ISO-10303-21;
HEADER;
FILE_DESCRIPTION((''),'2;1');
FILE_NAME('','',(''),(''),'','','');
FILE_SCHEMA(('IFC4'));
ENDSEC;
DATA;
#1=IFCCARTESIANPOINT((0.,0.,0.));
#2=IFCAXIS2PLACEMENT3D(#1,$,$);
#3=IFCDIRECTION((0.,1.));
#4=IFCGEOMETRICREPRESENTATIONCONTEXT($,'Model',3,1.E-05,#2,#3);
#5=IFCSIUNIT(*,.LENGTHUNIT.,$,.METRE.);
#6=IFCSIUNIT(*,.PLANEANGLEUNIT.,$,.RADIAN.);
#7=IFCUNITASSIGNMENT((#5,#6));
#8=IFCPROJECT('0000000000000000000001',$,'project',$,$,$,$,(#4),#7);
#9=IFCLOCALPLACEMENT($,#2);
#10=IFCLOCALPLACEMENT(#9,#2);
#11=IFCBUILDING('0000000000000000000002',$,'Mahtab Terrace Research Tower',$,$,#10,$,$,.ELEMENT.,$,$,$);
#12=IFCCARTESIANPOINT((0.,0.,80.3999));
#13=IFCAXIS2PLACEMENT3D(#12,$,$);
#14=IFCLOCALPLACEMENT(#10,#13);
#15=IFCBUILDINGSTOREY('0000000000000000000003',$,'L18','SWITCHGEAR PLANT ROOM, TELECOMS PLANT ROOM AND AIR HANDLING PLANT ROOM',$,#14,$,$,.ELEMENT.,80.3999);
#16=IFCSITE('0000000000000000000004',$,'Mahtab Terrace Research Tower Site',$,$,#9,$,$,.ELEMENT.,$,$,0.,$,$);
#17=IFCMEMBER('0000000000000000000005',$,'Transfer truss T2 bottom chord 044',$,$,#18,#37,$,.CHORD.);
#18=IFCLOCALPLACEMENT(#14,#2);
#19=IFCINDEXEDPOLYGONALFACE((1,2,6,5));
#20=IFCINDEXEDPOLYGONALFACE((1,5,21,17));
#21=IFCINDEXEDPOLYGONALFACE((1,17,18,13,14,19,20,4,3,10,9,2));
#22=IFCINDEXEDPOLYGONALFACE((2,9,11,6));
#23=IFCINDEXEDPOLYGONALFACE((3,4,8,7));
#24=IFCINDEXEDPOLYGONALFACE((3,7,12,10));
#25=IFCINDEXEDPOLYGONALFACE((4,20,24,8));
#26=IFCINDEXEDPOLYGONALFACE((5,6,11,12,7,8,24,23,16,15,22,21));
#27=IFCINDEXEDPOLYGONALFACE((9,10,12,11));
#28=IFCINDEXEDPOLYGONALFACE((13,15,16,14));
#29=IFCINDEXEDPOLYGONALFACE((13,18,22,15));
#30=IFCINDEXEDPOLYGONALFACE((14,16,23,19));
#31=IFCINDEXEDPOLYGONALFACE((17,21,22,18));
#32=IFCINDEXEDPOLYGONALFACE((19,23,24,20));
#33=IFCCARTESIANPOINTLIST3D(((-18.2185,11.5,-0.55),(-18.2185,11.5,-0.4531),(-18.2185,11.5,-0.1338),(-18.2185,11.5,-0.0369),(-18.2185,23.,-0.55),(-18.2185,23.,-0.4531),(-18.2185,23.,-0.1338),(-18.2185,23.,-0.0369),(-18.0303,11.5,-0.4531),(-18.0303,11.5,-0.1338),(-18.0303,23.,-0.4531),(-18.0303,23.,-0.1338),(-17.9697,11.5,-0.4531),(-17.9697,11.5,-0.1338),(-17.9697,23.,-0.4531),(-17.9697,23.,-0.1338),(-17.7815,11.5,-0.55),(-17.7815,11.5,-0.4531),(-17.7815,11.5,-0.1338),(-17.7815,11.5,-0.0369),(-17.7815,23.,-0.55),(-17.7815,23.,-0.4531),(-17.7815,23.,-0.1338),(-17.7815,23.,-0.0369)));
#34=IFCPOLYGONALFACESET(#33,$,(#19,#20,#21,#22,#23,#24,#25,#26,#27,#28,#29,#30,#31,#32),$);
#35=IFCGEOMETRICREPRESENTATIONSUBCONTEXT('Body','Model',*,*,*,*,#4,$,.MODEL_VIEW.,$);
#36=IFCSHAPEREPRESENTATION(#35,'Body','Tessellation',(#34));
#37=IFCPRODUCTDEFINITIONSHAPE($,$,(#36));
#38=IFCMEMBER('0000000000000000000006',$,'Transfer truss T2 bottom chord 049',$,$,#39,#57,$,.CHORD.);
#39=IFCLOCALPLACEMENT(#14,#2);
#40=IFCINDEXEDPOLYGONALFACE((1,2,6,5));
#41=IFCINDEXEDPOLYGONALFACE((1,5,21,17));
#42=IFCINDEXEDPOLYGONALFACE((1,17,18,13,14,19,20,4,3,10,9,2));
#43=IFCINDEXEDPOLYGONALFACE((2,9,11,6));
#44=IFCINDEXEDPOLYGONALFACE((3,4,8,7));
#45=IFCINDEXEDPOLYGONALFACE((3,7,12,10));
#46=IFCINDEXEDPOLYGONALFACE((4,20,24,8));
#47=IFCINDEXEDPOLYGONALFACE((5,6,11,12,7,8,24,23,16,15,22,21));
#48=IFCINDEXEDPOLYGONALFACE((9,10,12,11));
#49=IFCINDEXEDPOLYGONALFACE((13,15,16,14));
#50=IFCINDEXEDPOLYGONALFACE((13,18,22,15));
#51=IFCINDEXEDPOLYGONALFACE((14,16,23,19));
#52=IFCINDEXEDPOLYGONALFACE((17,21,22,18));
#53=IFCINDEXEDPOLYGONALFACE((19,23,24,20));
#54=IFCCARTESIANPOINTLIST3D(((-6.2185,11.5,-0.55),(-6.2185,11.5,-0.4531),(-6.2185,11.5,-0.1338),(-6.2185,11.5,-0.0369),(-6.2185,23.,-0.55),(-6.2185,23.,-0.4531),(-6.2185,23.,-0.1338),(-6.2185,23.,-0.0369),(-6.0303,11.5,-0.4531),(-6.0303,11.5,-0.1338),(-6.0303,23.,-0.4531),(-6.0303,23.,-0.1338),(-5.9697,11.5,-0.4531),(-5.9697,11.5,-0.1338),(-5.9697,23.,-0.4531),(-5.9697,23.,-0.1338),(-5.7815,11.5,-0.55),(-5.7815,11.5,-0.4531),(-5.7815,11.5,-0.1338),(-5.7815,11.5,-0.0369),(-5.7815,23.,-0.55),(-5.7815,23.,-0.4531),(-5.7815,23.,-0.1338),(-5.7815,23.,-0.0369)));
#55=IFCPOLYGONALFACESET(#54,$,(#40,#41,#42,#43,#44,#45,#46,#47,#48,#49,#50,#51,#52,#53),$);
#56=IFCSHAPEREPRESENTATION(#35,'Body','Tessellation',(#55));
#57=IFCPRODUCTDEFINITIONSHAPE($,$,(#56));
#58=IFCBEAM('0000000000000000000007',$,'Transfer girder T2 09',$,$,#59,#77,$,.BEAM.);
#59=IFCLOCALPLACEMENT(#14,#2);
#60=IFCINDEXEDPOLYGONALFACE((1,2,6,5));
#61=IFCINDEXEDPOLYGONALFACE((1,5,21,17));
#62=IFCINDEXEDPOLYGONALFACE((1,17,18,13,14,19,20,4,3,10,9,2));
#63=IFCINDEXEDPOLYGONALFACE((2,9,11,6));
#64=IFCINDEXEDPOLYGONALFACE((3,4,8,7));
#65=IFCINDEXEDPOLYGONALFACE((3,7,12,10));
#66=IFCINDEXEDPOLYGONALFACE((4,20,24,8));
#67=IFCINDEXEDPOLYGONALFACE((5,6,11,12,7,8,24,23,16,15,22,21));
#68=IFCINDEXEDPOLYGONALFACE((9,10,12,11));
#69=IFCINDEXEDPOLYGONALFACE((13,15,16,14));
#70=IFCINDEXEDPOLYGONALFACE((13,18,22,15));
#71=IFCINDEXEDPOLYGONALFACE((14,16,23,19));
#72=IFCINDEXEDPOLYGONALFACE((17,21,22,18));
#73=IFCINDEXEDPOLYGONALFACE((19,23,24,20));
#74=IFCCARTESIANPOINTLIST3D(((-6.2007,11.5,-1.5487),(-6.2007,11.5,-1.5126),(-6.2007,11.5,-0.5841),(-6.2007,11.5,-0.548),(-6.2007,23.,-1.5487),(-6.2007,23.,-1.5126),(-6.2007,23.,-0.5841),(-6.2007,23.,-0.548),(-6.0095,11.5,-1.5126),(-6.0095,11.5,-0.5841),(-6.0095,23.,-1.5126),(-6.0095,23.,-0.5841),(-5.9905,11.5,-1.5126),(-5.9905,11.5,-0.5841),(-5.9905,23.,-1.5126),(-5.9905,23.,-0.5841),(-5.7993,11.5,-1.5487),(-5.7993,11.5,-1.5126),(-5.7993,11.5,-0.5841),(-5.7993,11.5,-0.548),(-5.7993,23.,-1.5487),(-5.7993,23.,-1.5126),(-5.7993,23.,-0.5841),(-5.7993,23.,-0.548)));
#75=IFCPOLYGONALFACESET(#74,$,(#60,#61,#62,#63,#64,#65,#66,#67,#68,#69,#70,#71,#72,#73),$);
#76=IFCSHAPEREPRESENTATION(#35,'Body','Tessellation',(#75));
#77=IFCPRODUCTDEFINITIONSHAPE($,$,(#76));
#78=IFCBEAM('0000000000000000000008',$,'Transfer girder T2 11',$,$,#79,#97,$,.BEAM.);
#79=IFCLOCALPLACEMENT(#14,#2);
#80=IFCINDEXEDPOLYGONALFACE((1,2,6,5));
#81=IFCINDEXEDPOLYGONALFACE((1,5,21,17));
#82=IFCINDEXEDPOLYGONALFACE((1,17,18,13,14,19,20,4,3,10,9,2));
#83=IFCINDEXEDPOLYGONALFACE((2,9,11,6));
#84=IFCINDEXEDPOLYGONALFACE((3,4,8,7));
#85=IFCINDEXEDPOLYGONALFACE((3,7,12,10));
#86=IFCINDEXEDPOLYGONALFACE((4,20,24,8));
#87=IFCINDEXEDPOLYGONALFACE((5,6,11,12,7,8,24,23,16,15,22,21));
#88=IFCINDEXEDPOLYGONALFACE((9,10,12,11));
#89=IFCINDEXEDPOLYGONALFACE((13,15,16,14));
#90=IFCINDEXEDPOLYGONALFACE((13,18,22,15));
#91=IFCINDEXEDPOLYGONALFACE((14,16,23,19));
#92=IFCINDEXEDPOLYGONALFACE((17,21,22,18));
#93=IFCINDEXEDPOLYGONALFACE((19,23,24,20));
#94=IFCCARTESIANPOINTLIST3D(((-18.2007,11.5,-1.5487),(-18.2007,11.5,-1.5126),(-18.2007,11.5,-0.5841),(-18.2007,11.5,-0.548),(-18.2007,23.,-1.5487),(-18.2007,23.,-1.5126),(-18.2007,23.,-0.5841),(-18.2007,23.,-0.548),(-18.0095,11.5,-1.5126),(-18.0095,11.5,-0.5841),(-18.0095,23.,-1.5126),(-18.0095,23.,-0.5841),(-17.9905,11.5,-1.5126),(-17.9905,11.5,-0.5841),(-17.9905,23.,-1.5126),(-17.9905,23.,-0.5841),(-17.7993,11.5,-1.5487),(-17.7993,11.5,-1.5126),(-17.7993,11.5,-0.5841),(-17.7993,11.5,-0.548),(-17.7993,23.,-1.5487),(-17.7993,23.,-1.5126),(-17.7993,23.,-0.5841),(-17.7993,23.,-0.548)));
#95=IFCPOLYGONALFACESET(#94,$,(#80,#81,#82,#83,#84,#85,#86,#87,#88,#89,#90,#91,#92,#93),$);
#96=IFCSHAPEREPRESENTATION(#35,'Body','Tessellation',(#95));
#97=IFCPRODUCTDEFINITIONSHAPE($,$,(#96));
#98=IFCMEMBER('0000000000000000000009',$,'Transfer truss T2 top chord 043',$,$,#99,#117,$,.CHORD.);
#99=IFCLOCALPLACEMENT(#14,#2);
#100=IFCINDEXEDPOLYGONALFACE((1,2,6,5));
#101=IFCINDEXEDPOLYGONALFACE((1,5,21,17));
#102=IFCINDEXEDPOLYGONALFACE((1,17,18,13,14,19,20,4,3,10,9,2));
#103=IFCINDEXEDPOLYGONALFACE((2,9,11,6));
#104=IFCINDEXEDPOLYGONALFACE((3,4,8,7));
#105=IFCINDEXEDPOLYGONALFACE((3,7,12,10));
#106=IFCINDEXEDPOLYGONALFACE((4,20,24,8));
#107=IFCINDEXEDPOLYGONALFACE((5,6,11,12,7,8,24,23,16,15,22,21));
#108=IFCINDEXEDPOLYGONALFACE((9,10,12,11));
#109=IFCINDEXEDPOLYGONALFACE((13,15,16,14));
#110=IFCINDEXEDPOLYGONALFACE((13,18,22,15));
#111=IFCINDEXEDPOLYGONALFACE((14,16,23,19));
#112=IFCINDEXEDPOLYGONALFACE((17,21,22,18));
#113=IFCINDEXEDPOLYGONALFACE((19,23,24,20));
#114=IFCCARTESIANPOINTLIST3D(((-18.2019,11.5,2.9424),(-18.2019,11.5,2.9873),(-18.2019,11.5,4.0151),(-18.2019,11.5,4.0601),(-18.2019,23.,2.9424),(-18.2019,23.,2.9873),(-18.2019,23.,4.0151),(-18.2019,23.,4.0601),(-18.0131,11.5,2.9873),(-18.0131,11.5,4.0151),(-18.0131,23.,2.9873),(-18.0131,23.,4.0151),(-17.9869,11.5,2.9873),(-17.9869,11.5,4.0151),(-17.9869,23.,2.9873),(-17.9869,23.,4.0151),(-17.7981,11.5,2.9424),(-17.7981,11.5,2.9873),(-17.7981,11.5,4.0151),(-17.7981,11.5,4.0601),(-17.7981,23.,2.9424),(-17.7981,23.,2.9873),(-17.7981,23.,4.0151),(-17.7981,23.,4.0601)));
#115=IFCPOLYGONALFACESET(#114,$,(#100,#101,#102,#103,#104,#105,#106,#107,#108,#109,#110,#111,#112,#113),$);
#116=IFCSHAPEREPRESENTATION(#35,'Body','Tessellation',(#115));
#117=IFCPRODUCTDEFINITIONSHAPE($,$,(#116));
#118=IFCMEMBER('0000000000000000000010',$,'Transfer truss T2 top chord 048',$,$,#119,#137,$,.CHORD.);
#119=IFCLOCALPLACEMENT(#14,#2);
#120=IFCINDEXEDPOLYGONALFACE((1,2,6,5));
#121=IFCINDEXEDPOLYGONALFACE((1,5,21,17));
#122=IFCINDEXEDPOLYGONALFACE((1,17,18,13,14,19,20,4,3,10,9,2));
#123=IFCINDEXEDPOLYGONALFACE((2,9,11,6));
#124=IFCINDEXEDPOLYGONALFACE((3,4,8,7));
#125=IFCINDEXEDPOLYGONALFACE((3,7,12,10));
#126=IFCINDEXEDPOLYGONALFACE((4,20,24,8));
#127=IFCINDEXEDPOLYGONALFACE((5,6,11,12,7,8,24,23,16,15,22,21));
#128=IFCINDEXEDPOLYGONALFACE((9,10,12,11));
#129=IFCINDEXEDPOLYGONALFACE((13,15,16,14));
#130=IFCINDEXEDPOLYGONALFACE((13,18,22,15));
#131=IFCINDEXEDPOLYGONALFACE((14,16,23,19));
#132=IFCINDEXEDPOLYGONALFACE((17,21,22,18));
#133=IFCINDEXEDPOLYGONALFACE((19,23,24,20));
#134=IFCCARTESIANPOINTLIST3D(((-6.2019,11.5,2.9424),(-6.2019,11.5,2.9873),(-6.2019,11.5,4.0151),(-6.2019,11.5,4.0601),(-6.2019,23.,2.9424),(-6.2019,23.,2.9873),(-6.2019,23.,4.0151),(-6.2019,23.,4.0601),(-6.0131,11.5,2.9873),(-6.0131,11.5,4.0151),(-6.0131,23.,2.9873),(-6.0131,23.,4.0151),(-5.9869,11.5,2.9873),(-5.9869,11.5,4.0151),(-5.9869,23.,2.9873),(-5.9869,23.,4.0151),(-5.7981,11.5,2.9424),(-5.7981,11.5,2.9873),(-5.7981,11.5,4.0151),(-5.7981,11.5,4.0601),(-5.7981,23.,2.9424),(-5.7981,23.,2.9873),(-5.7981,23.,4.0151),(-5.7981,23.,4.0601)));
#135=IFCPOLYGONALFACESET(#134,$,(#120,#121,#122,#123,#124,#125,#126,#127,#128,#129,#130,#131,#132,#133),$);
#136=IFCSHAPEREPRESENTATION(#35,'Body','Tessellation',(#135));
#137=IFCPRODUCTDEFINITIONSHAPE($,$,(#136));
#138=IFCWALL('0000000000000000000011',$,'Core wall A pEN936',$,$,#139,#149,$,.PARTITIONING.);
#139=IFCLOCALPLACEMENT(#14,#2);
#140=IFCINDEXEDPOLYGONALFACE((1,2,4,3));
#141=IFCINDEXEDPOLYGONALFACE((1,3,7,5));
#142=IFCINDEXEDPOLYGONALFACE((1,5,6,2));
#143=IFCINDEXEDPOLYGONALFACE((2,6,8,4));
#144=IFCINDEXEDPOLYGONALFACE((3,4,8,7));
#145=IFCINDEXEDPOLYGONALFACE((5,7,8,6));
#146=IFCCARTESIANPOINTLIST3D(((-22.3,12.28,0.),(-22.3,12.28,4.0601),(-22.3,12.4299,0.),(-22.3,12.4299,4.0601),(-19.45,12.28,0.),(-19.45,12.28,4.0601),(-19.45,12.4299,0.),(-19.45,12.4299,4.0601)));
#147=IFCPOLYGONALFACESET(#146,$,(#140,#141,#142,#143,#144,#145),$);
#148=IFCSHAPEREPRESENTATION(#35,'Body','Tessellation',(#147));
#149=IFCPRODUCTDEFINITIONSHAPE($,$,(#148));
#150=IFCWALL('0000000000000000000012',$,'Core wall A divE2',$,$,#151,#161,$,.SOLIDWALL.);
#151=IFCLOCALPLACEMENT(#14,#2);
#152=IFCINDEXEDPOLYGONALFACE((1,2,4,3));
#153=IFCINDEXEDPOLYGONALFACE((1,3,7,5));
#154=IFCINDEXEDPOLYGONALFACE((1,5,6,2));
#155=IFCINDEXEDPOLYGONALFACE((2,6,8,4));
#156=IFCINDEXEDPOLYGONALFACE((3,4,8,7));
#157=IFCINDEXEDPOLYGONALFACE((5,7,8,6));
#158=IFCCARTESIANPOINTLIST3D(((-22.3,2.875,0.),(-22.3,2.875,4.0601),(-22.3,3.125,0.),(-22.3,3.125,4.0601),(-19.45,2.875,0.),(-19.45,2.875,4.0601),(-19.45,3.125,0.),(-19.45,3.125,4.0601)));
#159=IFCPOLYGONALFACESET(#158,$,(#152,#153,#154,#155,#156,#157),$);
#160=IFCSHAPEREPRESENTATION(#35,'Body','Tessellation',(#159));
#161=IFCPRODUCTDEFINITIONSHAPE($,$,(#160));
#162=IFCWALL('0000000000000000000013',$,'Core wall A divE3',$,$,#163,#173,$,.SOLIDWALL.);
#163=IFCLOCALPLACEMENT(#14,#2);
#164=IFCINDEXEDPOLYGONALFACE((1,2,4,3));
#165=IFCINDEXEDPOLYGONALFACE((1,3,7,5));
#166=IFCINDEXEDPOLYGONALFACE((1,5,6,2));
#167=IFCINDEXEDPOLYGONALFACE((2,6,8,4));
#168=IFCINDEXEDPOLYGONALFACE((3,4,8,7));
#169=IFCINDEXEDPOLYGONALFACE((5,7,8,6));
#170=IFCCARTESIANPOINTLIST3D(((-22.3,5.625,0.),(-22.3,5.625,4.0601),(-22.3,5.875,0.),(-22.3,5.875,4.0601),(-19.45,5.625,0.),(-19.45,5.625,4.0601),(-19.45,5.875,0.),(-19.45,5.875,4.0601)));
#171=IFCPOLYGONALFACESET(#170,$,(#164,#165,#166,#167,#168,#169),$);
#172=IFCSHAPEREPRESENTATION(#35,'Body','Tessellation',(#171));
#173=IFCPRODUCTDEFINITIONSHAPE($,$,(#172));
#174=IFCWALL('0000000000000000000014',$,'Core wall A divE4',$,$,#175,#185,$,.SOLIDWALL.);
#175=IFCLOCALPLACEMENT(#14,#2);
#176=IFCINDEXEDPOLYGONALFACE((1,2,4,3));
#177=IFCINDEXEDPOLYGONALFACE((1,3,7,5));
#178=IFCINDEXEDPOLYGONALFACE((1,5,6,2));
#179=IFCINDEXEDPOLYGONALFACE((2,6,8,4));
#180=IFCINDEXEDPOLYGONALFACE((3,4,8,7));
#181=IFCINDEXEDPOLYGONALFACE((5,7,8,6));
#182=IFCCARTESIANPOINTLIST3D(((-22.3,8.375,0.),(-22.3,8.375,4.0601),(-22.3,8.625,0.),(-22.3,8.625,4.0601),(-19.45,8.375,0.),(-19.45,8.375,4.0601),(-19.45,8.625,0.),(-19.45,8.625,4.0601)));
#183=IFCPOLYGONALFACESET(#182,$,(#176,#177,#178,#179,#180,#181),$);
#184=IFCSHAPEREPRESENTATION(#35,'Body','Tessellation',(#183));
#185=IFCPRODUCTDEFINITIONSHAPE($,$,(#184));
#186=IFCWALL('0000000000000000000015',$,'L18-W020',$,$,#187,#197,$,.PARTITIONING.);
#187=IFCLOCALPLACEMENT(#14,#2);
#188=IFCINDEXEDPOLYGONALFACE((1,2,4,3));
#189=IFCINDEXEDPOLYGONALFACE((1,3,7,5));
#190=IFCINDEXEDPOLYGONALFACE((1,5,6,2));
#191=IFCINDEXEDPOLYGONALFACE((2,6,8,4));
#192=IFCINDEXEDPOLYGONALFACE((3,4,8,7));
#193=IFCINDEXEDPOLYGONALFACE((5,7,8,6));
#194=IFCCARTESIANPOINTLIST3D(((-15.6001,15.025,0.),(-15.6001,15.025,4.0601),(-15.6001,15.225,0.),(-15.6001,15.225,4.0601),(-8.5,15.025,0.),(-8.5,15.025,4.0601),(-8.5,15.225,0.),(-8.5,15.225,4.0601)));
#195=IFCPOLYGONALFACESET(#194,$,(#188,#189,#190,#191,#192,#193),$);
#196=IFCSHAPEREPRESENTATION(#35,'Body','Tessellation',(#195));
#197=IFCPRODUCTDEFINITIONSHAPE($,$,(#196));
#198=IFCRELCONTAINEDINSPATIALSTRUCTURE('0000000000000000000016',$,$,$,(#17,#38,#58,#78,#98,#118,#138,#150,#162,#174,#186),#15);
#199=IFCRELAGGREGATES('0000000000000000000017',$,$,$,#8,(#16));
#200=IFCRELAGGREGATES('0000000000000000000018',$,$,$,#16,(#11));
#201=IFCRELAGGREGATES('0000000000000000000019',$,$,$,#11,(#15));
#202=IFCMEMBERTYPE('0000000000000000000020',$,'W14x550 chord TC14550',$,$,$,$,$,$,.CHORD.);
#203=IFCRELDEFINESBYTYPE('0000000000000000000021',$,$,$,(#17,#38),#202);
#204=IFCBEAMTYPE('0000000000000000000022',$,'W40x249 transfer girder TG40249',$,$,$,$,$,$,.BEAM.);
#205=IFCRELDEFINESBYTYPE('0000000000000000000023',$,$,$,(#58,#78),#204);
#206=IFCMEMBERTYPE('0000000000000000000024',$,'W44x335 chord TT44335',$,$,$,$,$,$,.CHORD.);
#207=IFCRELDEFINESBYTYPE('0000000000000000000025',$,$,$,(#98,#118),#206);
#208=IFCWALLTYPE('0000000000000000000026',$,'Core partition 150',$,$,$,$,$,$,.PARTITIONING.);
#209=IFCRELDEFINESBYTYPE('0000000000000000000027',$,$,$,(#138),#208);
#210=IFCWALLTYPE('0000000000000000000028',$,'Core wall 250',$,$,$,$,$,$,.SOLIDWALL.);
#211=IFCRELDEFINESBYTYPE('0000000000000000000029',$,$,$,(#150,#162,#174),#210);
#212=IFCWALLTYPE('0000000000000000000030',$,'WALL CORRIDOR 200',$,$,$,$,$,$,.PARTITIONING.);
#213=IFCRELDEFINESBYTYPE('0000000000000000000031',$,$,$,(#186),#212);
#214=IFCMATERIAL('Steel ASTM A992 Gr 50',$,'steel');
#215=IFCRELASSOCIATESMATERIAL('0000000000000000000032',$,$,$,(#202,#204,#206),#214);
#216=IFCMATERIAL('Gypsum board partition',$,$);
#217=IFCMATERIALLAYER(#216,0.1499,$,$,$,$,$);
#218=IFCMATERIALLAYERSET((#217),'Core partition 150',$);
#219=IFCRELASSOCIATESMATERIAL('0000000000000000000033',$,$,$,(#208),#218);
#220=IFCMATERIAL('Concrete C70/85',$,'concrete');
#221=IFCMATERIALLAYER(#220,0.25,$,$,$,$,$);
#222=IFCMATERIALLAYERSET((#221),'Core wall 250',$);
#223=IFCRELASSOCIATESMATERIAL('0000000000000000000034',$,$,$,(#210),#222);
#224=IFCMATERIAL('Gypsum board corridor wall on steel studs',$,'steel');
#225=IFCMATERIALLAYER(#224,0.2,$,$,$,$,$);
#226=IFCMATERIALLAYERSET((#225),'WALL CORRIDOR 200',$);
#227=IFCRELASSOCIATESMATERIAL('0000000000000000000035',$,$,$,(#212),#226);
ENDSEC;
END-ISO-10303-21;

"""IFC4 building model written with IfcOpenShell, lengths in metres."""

from ifc_helpers import new_model, si_unit, direction, frame, frame_2d, origin, origin_2d, place, context, subcontext, project, spatial, rectangle, i_section, extrude, material, layer, layer_set, material_profile, profile_set, type_object, element, save


model = new_model("IFC4")

# Units and contexts
model_context = context("Model", 3, precision=1e-05, world=origin(), true_north=direction((0.0, 1.0)))
body_context = subcontext(model_context, "Body", "Model", "MODEL_VIEW")
ifc_project = project(units=[si_unit("LENGTHUNIT", "METRE"), si_unit("PLANEANGLEUNIT", "RADIAN")], contexts=[model_context])

# Site, building, storey
site_placement = place(None, origin())
site = spatial("IfcSite", under=ifc_project, at=site_placement, Name="Mahtab Terrace Research Tower Site", CompositionType="ELEMENT", RefElevation=0.0)
building_placement = place(site_placement, origin())
building = spatial("IfcBuilding", under=site, at=building_placement, Name="Mahtab Terrace Research Tower", CompositionType="ELEMENT")
storey_placement = place(building_placement, frame((0.0, 0.0, 80.3999)))
storey = spatial("IfcBuildingStorey", under=building, at=storey_placement, Name="L18", Description="SWITCHGEAR PLANT ROOM, TELECOMS PLANT ROOM AND AIR HANDLING PLANT ROOM", CompositionType="ELEMENT", Elevation=80.3999)

# Shared definitions
ifc_material_1 = material(Name="Concrete C70/85", Category="concrete")

# Members
ifc_material_2 = material(Name="Steel ASTM A992 Gr 50", Category="steel")
ifc_material_profile_1 = material_profile(ifc_material_2, i_section(OverallWidth=0.437, OverallDepth=0.5132, WebThickness=0.0605, FlangeThickness=0.0969, at=origin_2d()), Name="W14X550")
ifc_profile_set_1 = profile_set([ifc_material_profile_1], Name="Steel ASTM A992 Gr 50")
member_type_1 = type_object("IfcMemberType", Name="W14x550 chord TC14550", PredefinedType="CHORD", material=ifc_profile_set_1)
for number, where, z_axis, x_axis, name in (
    (1, (-18.0, 11.5, -0.2935), (0.0, 1.0, 0.0), (-1.0, 0.0, 0.0), "Transfer truss T2 bottom chord 044"),
    (2, (-6.0, 11.5, -0.2935), (0.0, 1.0, 0.0), (-1.0, 0.0, 0.0), "Transfer truss T2 bottom chord 049"),
):
    element("IfcMember", number, at=place(storey_placement, frame(where, z_axis=z_axis, x_axis=x_axis)), inside=storey, type_object=member_type_1, Name=name, PredefinedType="CHORD", context=body_context, shape_type="SweptSolid", body=[
        extrude(i_section(OverallWidth=0.437, OverallDepth=0.5132, WebThickness=0.0605, FlangeThickness=0.0969, at=origin_2d()), origin(), (0.0, 0.0, 1.0), 11.5),
    ])

# Beams
ifc_material_profile_2 = material_profile(ifc_material_2, i_section(OverallWidth=0.4014, OverallDepth=1.0007, WebThickness=0.019, FlangeThickness=0.0361, at=origin_2d()), Name="W40X249")
ifc_profile_set_2 = profile_set([ifc_material_profile_2], Name="Steel ASTM A992 Gr 50")
beam_type = type_object("IfcBeamType", Name="W40x249 transfer girder TG40249", PredefinedType="BEAM", material=ifc_profile_set_2)
for number, where, z_axis, x_axis, name in (
    (3, (-6.0, 11.5, -1.0483), (0.0, 1.0, 0.0), (-1.0, 0.0, 0.0), "Transfer girder T2 09"),
    (4, (-18.0, 11.5, -1.0483), (0.0, 1.0, 0.0), (-1.0, 0.0, 0.0), "Transfer girder T2 11"),
):
    element("IfcBeam", number, at=place(storey_placement, frame(where, z_axis=z_axis, x_axis=x_axis)), inside=storey, type_object=beam_type, Name=name, PredefinedType="BEAM", context=body_context, shape_type="SweptSolid", body=[
        extrude(i_section(OverallWidth=0.4014, OverallDepth=1.0007, WebThickness=0.019, FlangeThickness=0.0361, at=origin_2d()), origin(), (0.0, 0.0, 1.0), 11.5),
    ])

# Members
ifc_material_profile_3 = material_profile(ifc_material_2, i_section(OverallWidth=0.4038, OverallDepth=1.1177, WebThickness=0.0261, FlangeThickness=0.0449, at=origin_2d()), Name="W44X335")
ifc_profile_set_3 = profile_set([ifc_material_profile_3], Name="Steel ASTM A992 Gr 50")
member_type_2 = type_object("IfcMemberType", Name="W44x335 chord TT44335", PredefinedType="CHORD", material=ifc_profile_set_3)
for number, where, z_axis, x_axis, name in (
    (5, (-18.0, 11.5, 3.5012), (0.0, 1.0, 0.0), (-1.0, 0.0, 0.0), "Transfer truss T2 top chord 043"),
    (6, (-6.0, 11.5, 3.5012), (0.0, 1.0, 0.0), (-1.0, 0.0, 0.0), "Transfer truss T2 top chord 048"),
):
    element("IfcMember", number, at=place(storey_placement, frame(where, z_axis=z_axis, x_axis=x_axis)), inside=storey, type_object=member_type_2, Name=name, PredefinedType="CHORD", context=body_context, shape_type="SweptSolid", body=[
        extrude(i_section(OverallWidth=0.4038, OverallDepth=1.1177, WebThickness=0.0261, FlangeThickness=0.0449, at=origin_2d()), origin(), (0.0, 0.0, 1.0), 11.5),
    ])

# Walls
ifc_material_3 = material(Name="Gypsum board partition")
ifc_layer_1 = layer(ifc_material_3, 0.1499)
ifc_layer_set_1 = layer_set([ifc_layer_1], Name="Core partition 150")
wall_type_1 = type_object("IfcWallType", Name="Core partition 150", PredefinedType="PARTITIONING", material=ifc_layer_set_1)
wall_1_placement = place(storey_placement, frame((-22.3, 12.355, 0.0), z_axis=(0.0, 0.0, 1.0), x_axis=(1.0, 0.0, 0.0)))
element("IfcWall", 7, at=wall_1_placement, inside=storey, type_object=wall_type_1, Name="Core wall A pEN936", PredefinedType="PARTITIONING", context=body_context, shape_type="SweptSolid", body=[
    extrude(rectangle(XDim=2.8501, YDim=0.1499, at=frame_2d((1.425, 0.0))), origin(), (0.0, 0.0, 1.0), 4.0601),
])
ifc_layer_2 = layer(ifc_material_1, 0.25)
ifc_layer_set_2 = layer_set([ifc_layer_2], Name="Core wall 250")
wall_type_2 = type_object("IfcWallType", Name="Core wall 250", PredefinedType="SOLIDWALL", material=ifc_layer_set_2)
for number, where, z_axis, x_axis, name in (
    (8, (-22.3, 3.0, 0.0), (0.0, 0.0, 1.0), (1.0, 0.0, 0.0), "Core wall A divE2"),
    (9, (-22.3, 5.75, 0.0), (0.0, 0.0, 1.0), (1.0, 0.0, 0.0), "Core wall A divE3"),
    (10, (-22.3, 8.5, 0.0), (0.0, 0.0, 1.0), (1.0, 0.0, 0.0), "Core wall A divE4"),
):
    element("IfcWall", number, at=place(storey_placement, frame(where, z_axis=z_axis, x_axis=x_axis)), inside=storey, type_object=wall_type_2, Name=name, PredefinedType="SOLIDWALL", context=body_context, shape_type="SweptSolid", body=[
        extrude(rectangle(XDim=2.8501, YDim=0.25, at=frame_2d((1.425, 0.0))), origin(), (0.0, 0.0, 1.0), 4.0601),
    ])
ifc_material_4 = material(Name="Gypsum board corridor wall on steel studs", Category="steel")
ifc_layer_3 = layer(ifc_material_4, 0.2)
ifc_layer_set_3 = layer_set([ifc_layer_3], Name="WALL CORRIDOR 200")
wall_type_3 = type_object("IfcWallType", Name="WALL CORRIDOR 200", PredefinedType="PARTITIONING", material=ifc_layer_set_3)
wall_2_placement = place(storey_placement, frame((-15.6001, 15.125, 0.0), z_axis=(0.0, 0.0, 1.0), x_axis=(1.0, 0.0, 0.0)))
element("IfcWall", 11, at=wall_2_placement, inside=storey, type_object=wall_type_3, Name="L18-W020", PredefinedType="PARTITIONING", context=body_context, shape_type="SweptSolid", body=[
    extrude(rectangle(XDim=7.1001, YDim=0.2, at=frame_2d((3.55, 0.0))), origin(), (0.0, 0.0, 1.0), 4.0601),
])

save(model, "model.ifc")
